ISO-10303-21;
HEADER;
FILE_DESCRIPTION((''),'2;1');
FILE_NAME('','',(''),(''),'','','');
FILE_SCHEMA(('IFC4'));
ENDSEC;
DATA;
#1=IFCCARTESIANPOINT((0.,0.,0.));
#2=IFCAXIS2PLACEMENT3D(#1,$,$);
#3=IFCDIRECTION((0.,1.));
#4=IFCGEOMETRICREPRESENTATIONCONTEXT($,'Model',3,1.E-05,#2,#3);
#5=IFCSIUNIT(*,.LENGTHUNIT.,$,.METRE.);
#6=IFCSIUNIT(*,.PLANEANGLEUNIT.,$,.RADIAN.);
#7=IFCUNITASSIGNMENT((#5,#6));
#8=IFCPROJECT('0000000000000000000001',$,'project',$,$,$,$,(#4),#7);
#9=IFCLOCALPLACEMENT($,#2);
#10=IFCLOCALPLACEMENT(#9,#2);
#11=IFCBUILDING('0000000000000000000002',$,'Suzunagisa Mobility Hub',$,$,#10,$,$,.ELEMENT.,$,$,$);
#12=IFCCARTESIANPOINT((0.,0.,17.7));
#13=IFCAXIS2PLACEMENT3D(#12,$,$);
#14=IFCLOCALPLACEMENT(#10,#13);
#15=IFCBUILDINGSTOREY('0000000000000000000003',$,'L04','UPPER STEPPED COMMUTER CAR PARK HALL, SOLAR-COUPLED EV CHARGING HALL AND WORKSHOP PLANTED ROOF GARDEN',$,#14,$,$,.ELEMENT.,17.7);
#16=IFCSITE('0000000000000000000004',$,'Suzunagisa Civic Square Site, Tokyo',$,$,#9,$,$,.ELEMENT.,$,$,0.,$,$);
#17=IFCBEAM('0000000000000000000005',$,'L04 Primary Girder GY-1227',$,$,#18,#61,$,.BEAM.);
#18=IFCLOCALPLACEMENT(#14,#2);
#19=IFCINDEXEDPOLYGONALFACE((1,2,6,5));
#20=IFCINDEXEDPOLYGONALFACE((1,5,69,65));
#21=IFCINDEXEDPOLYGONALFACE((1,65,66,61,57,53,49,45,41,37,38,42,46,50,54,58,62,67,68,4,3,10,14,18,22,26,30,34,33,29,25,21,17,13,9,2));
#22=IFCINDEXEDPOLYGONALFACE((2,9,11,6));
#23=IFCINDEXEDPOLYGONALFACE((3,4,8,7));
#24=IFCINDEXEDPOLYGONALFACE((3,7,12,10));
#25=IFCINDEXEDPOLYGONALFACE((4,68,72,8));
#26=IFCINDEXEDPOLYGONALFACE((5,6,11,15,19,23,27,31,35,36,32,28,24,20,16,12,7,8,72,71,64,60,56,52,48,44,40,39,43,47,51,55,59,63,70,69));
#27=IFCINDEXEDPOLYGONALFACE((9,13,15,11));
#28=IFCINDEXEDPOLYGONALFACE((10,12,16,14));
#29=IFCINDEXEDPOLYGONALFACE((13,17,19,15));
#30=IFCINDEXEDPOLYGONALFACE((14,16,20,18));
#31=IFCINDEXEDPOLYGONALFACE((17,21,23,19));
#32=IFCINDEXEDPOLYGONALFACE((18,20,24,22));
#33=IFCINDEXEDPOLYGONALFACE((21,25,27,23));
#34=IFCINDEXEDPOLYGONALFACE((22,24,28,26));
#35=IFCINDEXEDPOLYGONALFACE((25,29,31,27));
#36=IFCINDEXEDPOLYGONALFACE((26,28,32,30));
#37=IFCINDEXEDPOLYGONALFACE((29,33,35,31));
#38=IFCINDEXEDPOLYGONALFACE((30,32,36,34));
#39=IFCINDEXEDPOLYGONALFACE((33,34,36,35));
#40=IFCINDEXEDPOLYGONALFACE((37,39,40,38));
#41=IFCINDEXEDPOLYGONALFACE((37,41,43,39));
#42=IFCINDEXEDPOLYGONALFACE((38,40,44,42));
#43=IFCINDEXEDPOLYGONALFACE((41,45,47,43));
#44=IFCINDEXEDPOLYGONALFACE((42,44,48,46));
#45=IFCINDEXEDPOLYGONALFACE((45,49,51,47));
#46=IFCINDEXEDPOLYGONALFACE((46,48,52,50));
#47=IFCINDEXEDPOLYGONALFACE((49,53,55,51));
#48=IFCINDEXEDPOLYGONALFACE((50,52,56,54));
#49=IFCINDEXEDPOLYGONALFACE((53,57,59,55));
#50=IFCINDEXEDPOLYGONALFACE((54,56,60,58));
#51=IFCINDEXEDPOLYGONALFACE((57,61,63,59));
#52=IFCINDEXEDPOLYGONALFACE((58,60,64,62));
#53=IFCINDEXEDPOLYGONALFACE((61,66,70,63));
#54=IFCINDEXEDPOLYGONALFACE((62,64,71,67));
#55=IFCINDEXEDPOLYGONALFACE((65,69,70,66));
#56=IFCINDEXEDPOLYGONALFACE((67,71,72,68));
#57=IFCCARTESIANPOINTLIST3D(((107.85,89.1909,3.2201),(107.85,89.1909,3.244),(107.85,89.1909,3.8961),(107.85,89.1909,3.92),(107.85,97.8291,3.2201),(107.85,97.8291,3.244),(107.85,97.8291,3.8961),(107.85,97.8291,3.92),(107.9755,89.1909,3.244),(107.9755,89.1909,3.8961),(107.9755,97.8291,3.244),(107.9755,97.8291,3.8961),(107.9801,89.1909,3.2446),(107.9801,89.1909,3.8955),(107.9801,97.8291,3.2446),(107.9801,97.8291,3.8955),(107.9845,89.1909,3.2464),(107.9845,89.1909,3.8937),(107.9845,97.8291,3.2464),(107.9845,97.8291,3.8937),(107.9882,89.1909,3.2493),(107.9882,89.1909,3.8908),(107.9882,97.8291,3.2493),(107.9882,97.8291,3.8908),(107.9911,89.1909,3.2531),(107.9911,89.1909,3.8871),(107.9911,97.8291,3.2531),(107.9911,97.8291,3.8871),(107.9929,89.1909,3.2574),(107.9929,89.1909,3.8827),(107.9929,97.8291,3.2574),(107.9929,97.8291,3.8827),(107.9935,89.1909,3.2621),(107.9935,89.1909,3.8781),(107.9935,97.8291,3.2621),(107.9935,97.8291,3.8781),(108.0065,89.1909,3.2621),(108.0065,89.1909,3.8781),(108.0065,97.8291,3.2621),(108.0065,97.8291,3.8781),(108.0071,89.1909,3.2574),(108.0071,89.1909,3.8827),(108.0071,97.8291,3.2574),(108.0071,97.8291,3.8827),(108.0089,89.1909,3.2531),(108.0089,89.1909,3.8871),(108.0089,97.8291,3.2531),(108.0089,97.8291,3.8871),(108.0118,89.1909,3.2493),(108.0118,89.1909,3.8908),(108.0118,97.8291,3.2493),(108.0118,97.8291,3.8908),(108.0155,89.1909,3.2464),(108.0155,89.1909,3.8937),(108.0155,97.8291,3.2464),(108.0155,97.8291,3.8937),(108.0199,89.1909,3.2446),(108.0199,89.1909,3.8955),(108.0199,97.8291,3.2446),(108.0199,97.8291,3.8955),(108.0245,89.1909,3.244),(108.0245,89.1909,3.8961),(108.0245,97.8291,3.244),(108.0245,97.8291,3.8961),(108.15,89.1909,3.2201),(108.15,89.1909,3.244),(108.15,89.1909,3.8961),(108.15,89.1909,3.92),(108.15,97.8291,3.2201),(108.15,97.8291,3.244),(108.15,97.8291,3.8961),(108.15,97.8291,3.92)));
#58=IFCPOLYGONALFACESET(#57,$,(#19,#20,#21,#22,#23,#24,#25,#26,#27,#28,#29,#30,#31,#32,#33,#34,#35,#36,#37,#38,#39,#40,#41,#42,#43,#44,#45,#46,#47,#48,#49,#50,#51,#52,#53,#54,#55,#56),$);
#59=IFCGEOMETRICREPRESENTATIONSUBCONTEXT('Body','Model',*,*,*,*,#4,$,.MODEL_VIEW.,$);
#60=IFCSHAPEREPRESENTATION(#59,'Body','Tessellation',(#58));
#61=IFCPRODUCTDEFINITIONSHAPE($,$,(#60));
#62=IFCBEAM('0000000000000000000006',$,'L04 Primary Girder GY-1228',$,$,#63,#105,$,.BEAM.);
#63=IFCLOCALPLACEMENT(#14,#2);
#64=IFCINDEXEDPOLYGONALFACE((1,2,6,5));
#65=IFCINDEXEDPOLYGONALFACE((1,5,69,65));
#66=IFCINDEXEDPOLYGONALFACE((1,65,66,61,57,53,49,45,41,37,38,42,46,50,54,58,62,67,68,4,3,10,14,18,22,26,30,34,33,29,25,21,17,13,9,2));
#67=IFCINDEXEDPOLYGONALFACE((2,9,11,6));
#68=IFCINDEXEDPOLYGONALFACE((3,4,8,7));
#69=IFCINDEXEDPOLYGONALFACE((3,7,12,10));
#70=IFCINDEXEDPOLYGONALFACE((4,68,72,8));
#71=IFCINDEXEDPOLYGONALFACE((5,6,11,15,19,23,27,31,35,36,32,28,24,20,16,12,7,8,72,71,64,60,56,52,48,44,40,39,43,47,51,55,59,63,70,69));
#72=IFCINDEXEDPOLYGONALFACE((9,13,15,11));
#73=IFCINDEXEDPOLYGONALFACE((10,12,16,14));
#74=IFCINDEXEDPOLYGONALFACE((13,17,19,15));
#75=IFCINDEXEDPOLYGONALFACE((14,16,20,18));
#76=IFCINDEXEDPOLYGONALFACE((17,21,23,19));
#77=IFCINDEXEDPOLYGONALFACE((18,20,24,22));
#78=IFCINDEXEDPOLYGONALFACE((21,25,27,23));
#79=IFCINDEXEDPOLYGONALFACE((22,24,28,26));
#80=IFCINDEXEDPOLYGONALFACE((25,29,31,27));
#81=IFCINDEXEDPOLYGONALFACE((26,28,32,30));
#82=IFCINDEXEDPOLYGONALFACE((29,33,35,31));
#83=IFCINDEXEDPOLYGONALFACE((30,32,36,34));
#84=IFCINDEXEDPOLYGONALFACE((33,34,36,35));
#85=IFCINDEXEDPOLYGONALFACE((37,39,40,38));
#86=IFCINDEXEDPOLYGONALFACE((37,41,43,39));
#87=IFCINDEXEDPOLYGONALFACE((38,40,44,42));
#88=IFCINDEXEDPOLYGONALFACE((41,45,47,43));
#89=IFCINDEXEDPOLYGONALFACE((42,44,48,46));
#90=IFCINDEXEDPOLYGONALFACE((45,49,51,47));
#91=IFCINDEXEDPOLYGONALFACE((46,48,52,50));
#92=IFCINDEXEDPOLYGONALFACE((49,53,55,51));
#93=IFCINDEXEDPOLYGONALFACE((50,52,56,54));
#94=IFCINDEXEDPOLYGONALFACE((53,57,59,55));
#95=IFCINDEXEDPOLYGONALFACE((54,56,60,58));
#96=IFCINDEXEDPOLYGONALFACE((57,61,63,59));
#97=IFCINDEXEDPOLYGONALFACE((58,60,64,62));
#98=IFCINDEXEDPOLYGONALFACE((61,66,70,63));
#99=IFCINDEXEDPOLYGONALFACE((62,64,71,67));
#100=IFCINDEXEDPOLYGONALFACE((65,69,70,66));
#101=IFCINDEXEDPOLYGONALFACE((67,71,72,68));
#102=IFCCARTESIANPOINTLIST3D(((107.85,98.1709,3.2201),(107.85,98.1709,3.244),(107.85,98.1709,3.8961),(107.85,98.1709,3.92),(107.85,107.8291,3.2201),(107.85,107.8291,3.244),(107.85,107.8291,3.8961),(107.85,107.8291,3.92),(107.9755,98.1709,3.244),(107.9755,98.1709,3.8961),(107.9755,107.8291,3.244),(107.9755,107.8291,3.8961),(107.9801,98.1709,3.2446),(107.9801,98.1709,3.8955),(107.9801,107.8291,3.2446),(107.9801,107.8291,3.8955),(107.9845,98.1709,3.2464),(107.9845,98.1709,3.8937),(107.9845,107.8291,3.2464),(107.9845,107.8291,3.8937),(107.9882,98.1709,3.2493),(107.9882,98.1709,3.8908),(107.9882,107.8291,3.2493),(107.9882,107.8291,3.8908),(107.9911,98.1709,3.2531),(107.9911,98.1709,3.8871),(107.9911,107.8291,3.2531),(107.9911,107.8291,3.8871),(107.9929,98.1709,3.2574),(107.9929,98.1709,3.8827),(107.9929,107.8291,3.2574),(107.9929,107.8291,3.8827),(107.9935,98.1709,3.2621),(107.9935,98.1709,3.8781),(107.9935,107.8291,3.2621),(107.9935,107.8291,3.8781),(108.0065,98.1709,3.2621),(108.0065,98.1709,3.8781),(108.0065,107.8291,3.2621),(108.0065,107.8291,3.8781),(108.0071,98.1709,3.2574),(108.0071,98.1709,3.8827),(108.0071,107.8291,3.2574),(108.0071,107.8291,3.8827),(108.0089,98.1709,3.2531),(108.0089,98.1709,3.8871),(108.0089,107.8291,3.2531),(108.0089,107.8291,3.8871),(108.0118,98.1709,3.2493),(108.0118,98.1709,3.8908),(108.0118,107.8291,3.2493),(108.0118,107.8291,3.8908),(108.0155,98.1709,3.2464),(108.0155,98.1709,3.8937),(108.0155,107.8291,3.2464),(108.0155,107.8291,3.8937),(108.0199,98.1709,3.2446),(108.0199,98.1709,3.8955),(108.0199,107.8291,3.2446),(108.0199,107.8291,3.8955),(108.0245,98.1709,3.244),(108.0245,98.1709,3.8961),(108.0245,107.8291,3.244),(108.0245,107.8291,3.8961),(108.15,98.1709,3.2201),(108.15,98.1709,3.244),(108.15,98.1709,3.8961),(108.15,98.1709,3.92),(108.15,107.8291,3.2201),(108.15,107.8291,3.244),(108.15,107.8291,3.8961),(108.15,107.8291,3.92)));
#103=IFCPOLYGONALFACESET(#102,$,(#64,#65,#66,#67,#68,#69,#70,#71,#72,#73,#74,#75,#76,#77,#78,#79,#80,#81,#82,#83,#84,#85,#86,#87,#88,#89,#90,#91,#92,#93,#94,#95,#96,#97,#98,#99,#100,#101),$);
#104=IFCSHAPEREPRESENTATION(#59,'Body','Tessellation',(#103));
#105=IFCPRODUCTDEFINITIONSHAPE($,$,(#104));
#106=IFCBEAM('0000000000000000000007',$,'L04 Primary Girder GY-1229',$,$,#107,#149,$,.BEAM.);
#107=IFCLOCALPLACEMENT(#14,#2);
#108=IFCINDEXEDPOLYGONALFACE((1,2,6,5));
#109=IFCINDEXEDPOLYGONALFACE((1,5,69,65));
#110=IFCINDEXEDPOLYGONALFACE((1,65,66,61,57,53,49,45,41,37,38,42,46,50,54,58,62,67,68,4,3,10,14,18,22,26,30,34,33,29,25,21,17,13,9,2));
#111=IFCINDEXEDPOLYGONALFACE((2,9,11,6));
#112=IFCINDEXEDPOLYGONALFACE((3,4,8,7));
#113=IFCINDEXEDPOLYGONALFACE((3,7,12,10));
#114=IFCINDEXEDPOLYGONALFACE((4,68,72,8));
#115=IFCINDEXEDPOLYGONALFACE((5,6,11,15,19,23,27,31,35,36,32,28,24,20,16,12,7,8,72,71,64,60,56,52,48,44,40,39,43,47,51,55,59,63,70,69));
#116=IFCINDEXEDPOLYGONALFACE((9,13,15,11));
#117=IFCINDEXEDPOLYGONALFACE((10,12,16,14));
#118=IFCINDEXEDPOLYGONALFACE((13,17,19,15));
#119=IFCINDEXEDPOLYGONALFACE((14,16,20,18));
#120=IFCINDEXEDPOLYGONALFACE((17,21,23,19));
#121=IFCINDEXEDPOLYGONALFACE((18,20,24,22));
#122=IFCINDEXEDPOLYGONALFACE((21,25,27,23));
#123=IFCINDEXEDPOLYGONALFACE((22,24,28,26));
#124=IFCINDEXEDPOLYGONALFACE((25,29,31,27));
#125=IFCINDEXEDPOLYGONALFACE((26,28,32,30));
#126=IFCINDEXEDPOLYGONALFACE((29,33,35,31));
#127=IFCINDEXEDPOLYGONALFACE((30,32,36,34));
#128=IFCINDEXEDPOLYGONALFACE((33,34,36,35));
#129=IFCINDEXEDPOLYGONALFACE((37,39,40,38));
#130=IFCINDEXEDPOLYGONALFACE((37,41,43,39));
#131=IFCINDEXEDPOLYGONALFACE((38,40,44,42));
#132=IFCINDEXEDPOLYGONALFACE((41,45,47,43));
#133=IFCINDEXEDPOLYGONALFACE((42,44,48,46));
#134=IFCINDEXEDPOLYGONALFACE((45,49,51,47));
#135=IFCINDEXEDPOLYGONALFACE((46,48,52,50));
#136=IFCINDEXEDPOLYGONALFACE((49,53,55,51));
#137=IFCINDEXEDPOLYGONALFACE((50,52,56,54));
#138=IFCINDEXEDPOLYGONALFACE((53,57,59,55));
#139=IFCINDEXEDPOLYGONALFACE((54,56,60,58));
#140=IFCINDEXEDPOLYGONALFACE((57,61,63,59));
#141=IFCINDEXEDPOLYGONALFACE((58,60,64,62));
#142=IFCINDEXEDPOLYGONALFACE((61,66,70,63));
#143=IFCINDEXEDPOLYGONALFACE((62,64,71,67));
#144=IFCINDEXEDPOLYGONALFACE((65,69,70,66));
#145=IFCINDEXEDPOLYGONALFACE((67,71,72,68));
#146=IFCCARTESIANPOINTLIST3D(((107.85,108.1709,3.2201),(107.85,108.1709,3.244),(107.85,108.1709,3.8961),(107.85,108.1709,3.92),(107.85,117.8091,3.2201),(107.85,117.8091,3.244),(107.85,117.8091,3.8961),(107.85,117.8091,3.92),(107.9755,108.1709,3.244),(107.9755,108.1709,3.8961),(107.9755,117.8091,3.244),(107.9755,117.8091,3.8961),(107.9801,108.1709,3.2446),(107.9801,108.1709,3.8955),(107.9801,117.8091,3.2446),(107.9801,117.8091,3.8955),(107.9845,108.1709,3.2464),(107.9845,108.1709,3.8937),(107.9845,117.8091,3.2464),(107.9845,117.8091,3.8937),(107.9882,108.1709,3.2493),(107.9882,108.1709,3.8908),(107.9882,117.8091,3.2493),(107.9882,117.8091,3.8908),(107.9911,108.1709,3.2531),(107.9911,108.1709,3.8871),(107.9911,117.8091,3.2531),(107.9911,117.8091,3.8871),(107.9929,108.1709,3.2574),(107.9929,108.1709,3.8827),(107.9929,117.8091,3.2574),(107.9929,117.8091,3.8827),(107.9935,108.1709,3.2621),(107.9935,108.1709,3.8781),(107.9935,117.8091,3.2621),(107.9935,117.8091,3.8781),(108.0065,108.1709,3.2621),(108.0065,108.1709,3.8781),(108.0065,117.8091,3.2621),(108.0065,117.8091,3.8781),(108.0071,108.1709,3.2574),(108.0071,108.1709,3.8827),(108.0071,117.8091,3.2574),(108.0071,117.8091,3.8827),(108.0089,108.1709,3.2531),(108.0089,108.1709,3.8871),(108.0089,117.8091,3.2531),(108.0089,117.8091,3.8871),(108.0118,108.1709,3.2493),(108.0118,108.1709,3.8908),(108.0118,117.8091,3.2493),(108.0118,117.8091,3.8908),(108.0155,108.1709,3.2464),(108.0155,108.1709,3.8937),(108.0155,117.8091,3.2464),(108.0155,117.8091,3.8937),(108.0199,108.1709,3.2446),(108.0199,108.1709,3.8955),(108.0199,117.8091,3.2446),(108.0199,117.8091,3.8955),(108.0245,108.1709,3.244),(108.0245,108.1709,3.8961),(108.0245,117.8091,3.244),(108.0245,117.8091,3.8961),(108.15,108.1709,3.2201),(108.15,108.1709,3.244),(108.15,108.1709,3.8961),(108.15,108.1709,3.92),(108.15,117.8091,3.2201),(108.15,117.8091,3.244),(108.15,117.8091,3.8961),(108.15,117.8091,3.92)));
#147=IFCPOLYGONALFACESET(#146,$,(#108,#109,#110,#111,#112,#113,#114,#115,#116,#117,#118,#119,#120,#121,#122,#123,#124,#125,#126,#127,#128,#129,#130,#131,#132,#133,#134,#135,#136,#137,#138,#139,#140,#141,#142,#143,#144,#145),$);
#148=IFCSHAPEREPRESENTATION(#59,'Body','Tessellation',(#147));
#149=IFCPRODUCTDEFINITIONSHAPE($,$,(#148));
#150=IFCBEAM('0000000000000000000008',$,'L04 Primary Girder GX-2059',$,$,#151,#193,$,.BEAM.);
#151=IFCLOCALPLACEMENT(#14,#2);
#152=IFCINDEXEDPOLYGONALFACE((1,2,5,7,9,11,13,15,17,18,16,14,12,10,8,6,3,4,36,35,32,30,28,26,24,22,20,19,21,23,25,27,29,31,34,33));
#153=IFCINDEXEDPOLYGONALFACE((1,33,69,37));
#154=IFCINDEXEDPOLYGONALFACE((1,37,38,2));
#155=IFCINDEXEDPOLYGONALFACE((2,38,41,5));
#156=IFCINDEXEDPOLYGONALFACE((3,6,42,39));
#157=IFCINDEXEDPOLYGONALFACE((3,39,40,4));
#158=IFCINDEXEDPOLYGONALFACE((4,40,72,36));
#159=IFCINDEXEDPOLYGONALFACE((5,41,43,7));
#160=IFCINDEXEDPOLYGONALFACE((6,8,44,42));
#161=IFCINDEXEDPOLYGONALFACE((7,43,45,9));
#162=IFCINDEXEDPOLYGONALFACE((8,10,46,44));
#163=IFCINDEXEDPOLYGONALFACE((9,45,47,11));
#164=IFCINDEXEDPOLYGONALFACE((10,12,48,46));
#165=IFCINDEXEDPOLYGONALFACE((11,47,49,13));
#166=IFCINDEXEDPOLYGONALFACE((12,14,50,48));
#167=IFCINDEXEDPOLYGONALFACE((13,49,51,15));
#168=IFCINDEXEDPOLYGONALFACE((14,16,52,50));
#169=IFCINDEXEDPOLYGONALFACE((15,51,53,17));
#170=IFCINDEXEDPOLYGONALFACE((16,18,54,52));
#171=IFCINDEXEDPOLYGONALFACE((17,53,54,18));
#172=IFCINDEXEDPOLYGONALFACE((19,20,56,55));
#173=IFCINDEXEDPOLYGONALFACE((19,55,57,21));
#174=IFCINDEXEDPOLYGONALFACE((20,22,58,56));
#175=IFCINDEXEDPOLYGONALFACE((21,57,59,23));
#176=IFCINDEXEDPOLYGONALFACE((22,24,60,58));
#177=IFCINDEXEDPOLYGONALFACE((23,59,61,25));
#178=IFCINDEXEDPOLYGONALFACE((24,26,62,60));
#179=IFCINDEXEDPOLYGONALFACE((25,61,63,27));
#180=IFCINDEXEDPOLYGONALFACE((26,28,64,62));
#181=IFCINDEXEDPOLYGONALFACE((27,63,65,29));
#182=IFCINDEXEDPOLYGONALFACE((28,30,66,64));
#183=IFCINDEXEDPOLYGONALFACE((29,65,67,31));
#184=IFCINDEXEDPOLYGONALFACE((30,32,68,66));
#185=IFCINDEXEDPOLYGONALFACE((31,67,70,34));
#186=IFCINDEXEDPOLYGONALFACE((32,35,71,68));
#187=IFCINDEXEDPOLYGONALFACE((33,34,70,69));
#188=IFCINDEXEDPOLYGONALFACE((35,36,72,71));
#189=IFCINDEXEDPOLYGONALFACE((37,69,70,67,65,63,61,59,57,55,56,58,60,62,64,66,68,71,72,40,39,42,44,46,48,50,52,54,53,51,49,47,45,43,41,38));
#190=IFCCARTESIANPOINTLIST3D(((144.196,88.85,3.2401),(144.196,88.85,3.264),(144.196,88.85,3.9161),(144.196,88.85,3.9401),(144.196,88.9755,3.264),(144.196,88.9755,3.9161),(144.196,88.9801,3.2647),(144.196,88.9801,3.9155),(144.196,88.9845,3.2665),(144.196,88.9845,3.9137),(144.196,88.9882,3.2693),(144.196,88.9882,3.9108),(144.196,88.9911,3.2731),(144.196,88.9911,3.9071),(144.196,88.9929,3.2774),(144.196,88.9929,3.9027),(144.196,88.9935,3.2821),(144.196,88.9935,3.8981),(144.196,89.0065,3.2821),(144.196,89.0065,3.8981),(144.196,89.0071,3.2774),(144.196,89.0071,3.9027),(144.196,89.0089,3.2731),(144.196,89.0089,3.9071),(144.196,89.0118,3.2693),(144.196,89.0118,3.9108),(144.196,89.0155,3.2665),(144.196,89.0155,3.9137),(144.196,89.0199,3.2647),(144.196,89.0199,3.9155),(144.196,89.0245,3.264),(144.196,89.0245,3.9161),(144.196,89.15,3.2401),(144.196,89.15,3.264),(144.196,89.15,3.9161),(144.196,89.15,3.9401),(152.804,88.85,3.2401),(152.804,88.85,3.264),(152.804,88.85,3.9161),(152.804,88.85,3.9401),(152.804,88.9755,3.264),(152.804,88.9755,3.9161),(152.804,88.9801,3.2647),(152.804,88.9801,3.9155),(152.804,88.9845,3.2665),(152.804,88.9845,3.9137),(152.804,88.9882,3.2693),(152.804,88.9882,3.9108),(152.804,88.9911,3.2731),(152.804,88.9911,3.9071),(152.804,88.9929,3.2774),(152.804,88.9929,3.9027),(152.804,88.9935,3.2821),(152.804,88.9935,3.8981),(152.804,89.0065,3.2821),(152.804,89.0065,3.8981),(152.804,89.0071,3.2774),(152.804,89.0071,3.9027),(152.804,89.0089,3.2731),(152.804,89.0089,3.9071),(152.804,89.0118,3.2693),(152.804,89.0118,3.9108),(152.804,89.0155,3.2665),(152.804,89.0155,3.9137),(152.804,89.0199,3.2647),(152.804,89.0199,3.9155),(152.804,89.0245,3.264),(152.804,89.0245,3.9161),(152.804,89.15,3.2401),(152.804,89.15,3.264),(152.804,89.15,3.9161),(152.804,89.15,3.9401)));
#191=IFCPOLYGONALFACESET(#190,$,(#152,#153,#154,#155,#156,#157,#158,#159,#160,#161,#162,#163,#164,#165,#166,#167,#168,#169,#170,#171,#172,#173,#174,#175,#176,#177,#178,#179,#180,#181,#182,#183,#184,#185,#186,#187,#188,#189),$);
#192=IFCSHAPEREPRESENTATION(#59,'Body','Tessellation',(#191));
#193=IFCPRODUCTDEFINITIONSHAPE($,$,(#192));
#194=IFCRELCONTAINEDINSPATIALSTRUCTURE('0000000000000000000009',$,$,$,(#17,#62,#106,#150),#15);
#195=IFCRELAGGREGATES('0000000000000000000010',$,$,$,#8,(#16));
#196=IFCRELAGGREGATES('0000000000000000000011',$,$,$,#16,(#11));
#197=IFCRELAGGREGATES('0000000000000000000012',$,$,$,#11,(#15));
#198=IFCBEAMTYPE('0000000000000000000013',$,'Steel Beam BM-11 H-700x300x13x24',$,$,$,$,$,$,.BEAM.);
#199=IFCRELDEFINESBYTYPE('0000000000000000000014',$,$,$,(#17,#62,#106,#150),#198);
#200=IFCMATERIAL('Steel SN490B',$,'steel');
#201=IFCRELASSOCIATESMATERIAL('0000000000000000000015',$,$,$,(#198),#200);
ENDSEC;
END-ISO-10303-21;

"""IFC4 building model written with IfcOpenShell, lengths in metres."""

from ifc_helpers import new_model, si_unit, direction, frame, origin, origin_2d, place, context, subcontext, project, spatial, i_section, extrude, material, material_profile, profile_set, type_object, element, save


model = new_model("IFC4")

# Units and contexts
model_context = context("Model", 3, precision=1e-05, world=origin(), true_north=direction((0.0, 1.0)))
body_context = subcontext(model_context, "Body", "Model", "MODEL_VIEW")
ifc_project = project(units=[si_unit("LENGTHUNIT", "METRE"), si_unit("PLANEANGLEUNIT", "RADIAN")], contexts=[model_context])

# Site, building, storey
site_placement = place(None, origin())
site = spatial("IfcSite", under=ifc_project, at=site_placement, Name="Suzunagisa Civic Square Site, Tokyo", CompositionType="ELEMENT", RefElevation=0.0)
building_placement = place(site_placement, origin())
building = spatial("IfcBuilding", under=site, at=building_placement, Name="Suzunagisa Mobility Hub", CompositionType="ELEMENT")
storey_placement = place(building_placement, frame((0.0, 0.0, 17.7)))
storey = spatial("IfcBuildingStorey", under=building, at=storey_placement, Name="L04", Description="UPPER STEPPED COMMUTER CAR PARK HALL, SOLAR-COUPLED EV CHARGING HALL AND WORKSHOP PLANTED ROOF GARDEN", CompositionType="ELEMENT", Elevation=17.7)

# Shared definitions
ifc_material_1 = material(Name="Steel SN490B", Category="steel")

# Beams
ifc_material_profile_1 = material_profile(ifc_material_1, i_section(OverallWidth=0.3, OverallDepth=0.7, WebThickness=0.0129, FlangeThickness=0.0239, FilletRadius=0.0181, at=origin_2d()), Name="H-700x300x13x24")
ifc_profile_set_1 = profile_set([ifc_material_profile_1], Name="Steel SN490B")
beam_type_1 = type_object("IfcBeamType", Name="Steel Beam BM-11 H-700x300x13x24", PredefinedType="BEAM", material=ifc_profile_set_1)
beam_1_placement = place(storey_placement, frame((108.0, 89.1909, 3.5701), z_axis=(0.0, 1.0, 0.0), x_axis=(-1.0, 0.0, 0.0)))
element("IfcBeam", 1, at=beam_1_placement, inside=storey, type_object=beam_type_1, Name="L04 Primary Girder GY-1227", PredefinedType="BEAM", context=body_context, shape_type="SweptSolid", body=[
    extrude(i_section(OverallWidth=0.3, OverallDepth=0.7, WebThickness=0.0129, FlangeThickness=0.0239, FilletRadius=0.0181, at=origin_2d()), origin(), (0.0, 0.0, 1.0), 8.6382),
])
beam_2_placement = place(storey_placement, frame((108.0, 98.1709, 3.5701), z_axis=(0.0, 1.0, 0.0), x_axis=(-1.0, 0.0, 0.0)))
element("IfcBeam", 2, at=beam_2_placement, inside=storey, type_object=beam_type_1, Name="L04 Primary Girder GY-1228", PredefinedType="BEAM", context=body_context, shape_type="SweptSolid", body=[
    extrude(i_section(OverallWidth=0.3, OverallDepth=0.7, WebThickness=0.0129, FlangeThickness=0.0239, FilletRadius=0.0181, at=origin_2d()), origin(), (0.0, 0.0, 1.0), 9.6582),
])
beam_3_placement = place(storey_placement, frame((108.0, 108.1709, 3.5701), z_axis=(0.0, 1.0, 0.0), x_axis=(-1.0, 0.0, 0.0)))
element("IfcBeam", 3, at=beam_3_placement, inside=storey, type_object=beam_type_1, Name="L04 Primary Girder GY-1229", PredefinedType="BEAM", context=body_context, shape_type="SweptSolid", body=[
    extrude(i_section(OverallWidth=0.3, OverallDepth=0.7, WebThickness=0.0129, FlangeThickness=0.0239, FilletRadius=0.0181, at=origin_2d()), origin(), (0.0, 0.0, 1.0), 9.6382),
])
for number, where, z_axis, x_axis, name in (
    (4, (144.196, 89.0, 3.5901), (1.0, 0.0, 0.0), (0.0, 1.0, 0.0), "L04 Primary Girder GX-2059"),
):
    element("IfcBeam", number, at=place(storey_placement, frame(where, z_axis=z_axis, x_axis=x_axis)), inside=storey, type_object=beam_type_1, Name=name, PredefinedType="BEAM", context=body_context, shape_type="SweptSolid", body=[
        extrude(i_section(OverallWidth=0.3, OverallDepth=0.7, WebThickness=0.0129, FlangeThickness=0.0239, FilletRadius=0.0181, at=origin_2d()), origin(), (0.0, 0.0, 1.0), 8.6079),
    ])

save(model, "model.ifc")
